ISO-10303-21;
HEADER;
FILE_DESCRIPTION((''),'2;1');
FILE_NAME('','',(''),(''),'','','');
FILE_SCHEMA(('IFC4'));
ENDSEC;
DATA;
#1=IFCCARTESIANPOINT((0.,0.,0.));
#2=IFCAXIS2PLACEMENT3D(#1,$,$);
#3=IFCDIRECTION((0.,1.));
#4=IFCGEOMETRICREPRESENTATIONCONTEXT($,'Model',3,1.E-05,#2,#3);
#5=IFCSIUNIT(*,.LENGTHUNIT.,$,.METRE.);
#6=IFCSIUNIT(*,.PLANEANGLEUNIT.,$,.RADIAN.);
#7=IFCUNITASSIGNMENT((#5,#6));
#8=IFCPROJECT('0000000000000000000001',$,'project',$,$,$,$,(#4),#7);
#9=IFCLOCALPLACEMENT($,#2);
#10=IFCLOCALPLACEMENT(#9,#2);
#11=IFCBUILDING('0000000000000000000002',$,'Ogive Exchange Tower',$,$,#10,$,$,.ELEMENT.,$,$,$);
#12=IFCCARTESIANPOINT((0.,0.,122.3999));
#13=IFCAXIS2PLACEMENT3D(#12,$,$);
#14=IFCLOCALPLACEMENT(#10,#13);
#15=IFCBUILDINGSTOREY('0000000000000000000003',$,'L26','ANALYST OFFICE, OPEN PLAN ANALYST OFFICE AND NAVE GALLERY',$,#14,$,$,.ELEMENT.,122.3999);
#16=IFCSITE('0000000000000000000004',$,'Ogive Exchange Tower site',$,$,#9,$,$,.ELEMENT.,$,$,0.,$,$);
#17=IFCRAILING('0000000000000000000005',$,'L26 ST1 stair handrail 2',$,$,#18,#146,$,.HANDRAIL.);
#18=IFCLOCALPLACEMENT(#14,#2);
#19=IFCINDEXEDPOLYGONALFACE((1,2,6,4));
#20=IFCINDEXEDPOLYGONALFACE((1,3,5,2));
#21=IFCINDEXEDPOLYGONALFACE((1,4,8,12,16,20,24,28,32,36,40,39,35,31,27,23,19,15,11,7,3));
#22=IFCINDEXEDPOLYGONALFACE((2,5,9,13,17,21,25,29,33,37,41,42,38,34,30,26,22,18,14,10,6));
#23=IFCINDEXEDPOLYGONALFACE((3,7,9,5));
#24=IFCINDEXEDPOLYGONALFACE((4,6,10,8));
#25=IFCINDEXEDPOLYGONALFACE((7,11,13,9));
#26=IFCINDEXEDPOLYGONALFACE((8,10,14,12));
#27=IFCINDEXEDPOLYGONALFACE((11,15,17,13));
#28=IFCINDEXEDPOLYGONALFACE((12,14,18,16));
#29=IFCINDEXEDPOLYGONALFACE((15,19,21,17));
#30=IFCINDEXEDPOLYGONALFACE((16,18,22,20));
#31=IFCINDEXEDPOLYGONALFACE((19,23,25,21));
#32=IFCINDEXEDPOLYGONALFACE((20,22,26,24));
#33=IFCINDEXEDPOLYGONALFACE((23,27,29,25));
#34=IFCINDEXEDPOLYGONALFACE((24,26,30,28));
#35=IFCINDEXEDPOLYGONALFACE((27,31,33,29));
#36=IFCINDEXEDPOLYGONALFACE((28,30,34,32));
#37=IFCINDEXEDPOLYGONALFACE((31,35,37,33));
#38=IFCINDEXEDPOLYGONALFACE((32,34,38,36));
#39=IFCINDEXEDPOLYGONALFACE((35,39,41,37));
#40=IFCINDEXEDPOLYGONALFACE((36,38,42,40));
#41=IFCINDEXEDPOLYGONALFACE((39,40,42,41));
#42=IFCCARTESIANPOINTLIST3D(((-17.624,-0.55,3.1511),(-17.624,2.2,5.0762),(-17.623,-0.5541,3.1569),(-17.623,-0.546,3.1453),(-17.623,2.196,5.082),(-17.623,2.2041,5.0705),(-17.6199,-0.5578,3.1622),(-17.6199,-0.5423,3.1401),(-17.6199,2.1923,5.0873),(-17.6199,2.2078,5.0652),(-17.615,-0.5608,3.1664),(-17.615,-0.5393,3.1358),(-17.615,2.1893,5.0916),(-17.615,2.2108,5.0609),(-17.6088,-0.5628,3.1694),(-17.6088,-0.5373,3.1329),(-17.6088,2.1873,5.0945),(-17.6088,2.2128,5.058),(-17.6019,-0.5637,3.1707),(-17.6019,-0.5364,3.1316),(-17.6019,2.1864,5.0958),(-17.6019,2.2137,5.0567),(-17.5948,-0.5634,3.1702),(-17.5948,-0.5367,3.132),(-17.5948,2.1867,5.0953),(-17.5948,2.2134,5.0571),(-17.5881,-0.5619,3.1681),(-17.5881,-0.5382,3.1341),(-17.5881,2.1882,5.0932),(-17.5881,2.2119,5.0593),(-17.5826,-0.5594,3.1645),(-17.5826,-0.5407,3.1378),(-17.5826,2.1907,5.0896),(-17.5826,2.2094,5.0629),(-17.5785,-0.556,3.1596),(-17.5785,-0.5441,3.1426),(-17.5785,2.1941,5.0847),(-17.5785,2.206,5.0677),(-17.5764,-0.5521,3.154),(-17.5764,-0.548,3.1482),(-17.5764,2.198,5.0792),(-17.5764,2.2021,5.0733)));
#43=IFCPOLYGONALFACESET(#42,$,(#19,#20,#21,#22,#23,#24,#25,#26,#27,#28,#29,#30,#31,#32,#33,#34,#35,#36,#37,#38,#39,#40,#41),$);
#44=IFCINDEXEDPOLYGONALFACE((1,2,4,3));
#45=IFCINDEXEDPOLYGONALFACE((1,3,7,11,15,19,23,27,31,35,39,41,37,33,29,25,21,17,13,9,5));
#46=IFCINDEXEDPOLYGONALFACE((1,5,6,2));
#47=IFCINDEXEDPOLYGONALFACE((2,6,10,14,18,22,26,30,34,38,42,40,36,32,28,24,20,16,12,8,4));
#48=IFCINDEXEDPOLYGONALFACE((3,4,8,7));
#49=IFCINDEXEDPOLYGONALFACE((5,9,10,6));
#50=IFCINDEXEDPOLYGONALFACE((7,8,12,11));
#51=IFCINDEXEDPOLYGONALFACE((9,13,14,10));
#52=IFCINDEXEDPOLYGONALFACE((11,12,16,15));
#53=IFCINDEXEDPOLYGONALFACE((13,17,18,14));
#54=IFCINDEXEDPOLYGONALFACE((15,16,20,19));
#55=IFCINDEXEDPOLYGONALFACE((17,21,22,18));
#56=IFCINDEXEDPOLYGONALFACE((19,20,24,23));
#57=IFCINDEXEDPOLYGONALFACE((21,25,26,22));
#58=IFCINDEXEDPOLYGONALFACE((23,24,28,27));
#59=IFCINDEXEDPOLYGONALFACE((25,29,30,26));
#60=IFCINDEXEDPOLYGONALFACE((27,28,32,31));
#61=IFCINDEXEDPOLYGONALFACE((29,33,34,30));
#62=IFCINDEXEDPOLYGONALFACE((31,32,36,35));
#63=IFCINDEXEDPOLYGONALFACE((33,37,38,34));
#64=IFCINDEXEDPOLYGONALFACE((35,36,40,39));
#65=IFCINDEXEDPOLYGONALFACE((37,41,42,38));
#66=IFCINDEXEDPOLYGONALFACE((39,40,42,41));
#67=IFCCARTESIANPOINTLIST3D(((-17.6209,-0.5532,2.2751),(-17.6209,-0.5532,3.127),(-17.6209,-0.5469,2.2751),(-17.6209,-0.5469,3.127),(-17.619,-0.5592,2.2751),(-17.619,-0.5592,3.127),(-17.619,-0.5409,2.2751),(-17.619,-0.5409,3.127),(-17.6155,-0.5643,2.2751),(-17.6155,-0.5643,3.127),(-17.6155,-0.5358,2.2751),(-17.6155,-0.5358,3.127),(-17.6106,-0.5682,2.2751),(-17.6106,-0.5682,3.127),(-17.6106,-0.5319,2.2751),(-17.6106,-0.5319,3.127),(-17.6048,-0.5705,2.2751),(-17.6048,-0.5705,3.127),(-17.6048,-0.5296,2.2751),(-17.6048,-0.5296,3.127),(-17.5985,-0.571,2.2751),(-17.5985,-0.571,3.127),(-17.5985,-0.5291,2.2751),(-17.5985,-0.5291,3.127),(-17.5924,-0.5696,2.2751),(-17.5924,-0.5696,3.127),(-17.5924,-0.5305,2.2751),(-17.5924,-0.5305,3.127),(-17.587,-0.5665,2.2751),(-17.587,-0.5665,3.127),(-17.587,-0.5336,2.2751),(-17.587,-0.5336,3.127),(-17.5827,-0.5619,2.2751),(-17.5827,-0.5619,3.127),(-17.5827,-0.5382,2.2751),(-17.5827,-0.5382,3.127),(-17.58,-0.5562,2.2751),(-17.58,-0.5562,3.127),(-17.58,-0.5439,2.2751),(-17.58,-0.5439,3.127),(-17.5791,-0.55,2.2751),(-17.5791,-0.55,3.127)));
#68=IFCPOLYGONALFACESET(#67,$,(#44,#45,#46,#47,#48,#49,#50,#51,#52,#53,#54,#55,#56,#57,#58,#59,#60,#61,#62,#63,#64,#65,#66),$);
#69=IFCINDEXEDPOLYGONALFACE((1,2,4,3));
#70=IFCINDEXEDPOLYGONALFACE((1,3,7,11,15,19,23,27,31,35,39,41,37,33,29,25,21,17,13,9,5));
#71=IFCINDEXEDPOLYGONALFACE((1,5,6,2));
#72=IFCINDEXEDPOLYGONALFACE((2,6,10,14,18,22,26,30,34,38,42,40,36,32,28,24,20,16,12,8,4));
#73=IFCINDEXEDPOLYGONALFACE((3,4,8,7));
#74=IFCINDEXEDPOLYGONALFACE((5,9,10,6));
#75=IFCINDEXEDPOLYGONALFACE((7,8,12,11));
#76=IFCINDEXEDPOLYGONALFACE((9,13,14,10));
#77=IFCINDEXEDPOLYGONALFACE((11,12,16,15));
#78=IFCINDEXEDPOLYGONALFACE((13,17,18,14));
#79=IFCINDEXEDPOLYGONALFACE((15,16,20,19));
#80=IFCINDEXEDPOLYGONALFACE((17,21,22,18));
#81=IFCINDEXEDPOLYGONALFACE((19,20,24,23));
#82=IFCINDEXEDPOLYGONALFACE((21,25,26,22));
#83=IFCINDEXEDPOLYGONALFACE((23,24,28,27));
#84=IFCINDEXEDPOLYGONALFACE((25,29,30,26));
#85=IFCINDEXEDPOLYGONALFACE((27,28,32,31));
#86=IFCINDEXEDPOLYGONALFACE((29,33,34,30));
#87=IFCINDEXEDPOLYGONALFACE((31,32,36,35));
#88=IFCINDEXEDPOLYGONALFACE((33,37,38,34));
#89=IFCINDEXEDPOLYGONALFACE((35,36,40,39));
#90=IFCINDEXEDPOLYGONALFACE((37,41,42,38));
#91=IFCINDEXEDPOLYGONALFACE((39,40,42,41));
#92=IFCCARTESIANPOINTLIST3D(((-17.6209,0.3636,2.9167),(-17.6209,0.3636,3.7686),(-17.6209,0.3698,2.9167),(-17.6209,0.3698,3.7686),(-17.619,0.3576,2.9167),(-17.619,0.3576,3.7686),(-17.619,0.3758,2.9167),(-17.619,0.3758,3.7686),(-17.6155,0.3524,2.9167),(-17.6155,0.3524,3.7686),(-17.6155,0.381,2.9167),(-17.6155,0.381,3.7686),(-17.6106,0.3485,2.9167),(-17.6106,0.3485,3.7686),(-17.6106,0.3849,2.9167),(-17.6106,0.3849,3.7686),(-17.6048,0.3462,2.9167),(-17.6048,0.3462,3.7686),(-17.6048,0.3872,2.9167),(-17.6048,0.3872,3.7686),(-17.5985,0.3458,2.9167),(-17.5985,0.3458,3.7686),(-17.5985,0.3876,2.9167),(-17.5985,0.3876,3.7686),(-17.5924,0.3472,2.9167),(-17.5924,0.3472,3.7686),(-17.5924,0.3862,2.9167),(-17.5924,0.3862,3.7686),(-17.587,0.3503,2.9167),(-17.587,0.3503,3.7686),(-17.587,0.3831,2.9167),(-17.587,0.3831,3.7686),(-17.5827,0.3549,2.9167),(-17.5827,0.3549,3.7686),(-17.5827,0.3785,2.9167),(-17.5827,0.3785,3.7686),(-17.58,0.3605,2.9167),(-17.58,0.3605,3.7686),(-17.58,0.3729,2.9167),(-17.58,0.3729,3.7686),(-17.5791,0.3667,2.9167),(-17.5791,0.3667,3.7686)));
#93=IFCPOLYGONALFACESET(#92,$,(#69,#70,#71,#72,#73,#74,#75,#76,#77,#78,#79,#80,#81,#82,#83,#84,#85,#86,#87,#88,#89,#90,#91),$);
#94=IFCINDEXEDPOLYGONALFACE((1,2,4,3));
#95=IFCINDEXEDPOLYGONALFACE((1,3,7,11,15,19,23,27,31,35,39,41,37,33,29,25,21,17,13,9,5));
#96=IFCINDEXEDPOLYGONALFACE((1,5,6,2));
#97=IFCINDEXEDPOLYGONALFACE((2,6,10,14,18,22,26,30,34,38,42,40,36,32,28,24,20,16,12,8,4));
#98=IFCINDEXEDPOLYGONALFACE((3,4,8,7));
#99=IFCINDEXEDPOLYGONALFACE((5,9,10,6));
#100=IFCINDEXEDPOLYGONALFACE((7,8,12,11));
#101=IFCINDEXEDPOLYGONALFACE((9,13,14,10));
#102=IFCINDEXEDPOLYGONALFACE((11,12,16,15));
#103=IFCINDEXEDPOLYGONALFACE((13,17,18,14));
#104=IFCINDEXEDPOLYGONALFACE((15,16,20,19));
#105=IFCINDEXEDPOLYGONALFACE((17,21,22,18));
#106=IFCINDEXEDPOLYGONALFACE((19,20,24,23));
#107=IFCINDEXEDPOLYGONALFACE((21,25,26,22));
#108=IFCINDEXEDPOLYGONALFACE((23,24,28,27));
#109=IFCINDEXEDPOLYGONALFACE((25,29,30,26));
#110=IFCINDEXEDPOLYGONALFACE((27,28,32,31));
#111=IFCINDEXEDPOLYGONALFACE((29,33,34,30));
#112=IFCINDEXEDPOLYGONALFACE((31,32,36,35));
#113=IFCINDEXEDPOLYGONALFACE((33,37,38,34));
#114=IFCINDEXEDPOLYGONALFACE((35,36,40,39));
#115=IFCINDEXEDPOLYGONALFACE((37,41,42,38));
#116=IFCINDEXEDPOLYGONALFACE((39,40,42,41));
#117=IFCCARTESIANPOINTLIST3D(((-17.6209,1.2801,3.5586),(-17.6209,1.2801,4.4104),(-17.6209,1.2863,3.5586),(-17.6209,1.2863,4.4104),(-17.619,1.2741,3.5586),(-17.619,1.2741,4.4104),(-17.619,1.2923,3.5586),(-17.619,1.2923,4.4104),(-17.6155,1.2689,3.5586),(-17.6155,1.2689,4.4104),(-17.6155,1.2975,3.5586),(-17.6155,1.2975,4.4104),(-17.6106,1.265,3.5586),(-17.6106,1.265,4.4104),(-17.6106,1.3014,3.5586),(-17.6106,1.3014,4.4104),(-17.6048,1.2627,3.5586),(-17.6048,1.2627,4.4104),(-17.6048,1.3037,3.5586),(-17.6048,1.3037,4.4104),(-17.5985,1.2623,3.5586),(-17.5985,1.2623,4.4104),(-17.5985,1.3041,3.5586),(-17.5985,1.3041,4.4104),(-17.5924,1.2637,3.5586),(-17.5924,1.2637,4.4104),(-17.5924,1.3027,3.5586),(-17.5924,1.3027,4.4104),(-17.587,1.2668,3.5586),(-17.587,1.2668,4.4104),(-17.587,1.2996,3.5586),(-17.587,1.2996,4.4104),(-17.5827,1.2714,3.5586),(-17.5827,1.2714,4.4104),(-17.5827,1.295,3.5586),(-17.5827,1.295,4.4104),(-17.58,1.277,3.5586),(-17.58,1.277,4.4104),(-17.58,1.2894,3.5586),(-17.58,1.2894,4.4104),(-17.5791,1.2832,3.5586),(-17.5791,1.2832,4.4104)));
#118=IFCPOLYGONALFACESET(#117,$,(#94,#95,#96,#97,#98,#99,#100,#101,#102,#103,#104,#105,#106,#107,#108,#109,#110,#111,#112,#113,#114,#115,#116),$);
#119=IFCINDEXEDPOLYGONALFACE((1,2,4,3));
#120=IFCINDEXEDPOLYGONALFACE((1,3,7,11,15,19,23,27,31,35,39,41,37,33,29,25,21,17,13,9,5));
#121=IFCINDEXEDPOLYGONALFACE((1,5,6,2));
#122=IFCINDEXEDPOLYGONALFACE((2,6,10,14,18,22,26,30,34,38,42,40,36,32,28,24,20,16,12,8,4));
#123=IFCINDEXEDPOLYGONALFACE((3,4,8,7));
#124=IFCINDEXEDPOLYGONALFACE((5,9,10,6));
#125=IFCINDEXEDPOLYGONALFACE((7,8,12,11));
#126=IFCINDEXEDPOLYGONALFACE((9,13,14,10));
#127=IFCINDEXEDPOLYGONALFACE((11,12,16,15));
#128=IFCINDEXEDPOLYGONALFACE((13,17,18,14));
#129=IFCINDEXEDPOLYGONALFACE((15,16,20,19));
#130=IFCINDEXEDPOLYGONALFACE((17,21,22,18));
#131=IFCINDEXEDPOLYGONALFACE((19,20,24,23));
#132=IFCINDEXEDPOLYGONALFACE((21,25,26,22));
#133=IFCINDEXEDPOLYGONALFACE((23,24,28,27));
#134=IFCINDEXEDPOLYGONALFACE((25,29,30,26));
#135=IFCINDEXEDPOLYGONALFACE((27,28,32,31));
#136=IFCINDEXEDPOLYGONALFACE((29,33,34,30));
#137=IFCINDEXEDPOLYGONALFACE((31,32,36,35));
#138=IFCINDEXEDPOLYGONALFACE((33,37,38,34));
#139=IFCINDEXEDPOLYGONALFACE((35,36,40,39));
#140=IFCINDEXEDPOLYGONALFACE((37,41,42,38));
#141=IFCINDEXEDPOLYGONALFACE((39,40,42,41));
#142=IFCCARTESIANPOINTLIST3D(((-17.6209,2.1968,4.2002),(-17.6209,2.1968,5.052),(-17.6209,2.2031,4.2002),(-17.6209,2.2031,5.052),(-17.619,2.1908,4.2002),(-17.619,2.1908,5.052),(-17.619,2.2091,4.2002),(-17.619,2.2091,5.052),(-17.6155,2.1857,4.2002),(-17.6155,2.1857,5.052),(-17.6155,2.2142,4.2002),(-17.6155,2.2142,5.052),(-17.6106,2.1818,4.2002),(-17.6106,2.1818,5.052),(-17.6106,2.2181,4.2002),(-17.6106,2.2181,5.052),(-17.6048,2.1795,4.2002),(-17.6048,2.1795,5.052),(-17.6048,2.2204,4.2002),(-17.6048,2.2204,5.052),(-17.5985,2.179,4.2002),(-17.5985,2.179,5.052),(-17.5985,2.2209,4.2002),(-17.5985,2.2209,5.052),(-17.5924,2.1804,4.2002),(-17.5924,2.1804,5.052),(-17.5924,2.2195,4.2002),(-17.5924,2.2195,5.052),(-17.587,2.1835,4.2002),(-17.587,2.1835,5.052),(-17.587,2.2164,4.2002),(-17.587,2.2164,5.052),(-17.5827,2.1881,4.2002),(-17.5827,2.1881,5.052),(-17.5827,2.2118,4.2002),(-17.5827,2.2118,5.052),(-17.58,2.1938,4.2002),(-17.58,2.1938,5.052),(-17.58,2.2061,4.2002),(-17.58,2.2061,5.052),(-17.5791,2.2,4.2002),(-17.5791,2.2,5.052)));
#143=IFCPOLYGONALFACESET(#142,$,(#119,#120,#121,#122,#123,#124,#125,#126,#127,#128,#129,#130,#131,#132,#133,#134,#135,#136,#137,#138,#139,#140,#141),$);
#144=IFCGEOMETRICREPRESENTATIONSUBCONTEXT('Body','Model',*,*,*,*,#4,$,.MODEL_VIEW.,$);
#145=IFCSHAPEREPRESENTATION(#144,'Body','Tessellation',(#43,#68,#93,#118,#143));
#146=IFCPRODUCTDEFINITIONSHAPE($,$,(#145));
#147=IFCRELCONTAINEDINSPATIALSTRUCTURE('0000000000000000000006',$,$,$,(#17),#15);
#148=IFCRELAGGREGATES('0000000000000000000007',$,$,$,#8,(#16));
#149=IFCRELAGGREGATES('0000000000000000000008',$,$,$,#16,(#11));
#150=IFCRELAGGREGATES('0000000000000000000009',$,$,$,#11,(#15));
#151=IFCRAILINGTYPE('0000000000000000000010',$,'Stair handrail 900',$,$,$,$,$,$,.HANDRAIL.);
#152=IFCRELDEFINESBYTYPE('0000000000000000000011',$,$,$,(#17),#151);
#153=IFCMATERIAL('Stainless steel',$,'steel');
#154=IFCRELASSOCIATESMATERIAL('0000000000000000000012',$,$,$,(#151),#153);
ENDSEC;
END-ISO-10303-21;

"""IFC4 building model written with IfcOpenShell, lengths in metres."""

from ifc_helpers import new_model, si_unit, direction, frame, origin, origin_2d, place, context, subcontext, project, spatial, circle, extrude, material, type_object, element, save


model = new_model("IFC4")

# Units and contexts
model_context = context("Model", 3, precision=1e-05, world=origin(), true_north=direction((0.0, 1.0)))
body_context = subcontext(model_context, "Body", "Model", "MODEL_VIEW")
ifc_project = project(units=[si_unit("LENGTHUNIT", "METRE"), si_unit("PLANEANGLEUNIT", "RADIAN")], contexts=[model_context])

# Site, building, storey
site_placement = place(None, origin())
site = spatial("IfcSite", under=ifc_project, at=site_placement, Name="Ogive Exchange Tower site", CompositionType="ELEMENT", RefElevation=0.0)
building_placement = place(site_placement, origin())
building = spatial("IfcBuilding", under=site, at=building_placement, Name="Ogive Exchange Tower", CompositionType="ELEMENT")
storey_placement = place(building_placement, frame((0.0, 0.0, 122.3999)))
storey = spatial("IfcBuildingStorey", under=building, at=storey_placement, Name="L26", Description="ANALYST OFFICE, OPEN PLAN ANALYST OFFICE AND NAVE GALLERY", CompositionType="ELEMENT", Elevation=122.3999)

# Shared definitions
ifc_material_1 = material(Name="Stainless steel", Category="steel")

# Railing
railing_type = type_object("IfcRailingType", Name="Stair handrail 900", PredefinedType="HANDRAIL", material=ifc_material_1)
railing_1_placement = place(storey_placement, frame((-17.6001, -0.55, 2.2751)))
element("IfcRailing", 1, at=railing_1_placement, inside=storey, type_object=railing_type, Name="L26 ST1 stair handrail 2", PredefinedType="HANDRAIL", context=body_context, shape_type="SweptSolid", body=[
    extrude(circle(Radius=0.0239, at=origin_2d()), frame((0.0, 0.0, 0.876), z_axis=(0.0, 0.819225, 0.573472), x_axis=(-1.0, 0.0, 0.0)), (0.0, 0.0, 1.0), 3.3569),
    extrude(circle(Radius=0.021, at=origin_2d()), origin(), (0.0, 0.0, 1.0), 0.8518),
    extrude(circle(Radius=0.021, at=origin_2d()), frame((0.0, 0.9167, 0.6416)), (0.0, 0.0, 1.0), 0.8518),
    extrude(circle(Radius=0.021, at=origin_2d()), frame((0.0, 1.8333, 1.2834)), (0.0, 0.0, 1.0), 0.8518),
    extrude(circle(Radius=0.021, at=origin_2d()), frame((0.0, 2.75, 1.925)), (0.0, 0.0, 1.0), 0.8518),
])

save(model, "model.ifc")
